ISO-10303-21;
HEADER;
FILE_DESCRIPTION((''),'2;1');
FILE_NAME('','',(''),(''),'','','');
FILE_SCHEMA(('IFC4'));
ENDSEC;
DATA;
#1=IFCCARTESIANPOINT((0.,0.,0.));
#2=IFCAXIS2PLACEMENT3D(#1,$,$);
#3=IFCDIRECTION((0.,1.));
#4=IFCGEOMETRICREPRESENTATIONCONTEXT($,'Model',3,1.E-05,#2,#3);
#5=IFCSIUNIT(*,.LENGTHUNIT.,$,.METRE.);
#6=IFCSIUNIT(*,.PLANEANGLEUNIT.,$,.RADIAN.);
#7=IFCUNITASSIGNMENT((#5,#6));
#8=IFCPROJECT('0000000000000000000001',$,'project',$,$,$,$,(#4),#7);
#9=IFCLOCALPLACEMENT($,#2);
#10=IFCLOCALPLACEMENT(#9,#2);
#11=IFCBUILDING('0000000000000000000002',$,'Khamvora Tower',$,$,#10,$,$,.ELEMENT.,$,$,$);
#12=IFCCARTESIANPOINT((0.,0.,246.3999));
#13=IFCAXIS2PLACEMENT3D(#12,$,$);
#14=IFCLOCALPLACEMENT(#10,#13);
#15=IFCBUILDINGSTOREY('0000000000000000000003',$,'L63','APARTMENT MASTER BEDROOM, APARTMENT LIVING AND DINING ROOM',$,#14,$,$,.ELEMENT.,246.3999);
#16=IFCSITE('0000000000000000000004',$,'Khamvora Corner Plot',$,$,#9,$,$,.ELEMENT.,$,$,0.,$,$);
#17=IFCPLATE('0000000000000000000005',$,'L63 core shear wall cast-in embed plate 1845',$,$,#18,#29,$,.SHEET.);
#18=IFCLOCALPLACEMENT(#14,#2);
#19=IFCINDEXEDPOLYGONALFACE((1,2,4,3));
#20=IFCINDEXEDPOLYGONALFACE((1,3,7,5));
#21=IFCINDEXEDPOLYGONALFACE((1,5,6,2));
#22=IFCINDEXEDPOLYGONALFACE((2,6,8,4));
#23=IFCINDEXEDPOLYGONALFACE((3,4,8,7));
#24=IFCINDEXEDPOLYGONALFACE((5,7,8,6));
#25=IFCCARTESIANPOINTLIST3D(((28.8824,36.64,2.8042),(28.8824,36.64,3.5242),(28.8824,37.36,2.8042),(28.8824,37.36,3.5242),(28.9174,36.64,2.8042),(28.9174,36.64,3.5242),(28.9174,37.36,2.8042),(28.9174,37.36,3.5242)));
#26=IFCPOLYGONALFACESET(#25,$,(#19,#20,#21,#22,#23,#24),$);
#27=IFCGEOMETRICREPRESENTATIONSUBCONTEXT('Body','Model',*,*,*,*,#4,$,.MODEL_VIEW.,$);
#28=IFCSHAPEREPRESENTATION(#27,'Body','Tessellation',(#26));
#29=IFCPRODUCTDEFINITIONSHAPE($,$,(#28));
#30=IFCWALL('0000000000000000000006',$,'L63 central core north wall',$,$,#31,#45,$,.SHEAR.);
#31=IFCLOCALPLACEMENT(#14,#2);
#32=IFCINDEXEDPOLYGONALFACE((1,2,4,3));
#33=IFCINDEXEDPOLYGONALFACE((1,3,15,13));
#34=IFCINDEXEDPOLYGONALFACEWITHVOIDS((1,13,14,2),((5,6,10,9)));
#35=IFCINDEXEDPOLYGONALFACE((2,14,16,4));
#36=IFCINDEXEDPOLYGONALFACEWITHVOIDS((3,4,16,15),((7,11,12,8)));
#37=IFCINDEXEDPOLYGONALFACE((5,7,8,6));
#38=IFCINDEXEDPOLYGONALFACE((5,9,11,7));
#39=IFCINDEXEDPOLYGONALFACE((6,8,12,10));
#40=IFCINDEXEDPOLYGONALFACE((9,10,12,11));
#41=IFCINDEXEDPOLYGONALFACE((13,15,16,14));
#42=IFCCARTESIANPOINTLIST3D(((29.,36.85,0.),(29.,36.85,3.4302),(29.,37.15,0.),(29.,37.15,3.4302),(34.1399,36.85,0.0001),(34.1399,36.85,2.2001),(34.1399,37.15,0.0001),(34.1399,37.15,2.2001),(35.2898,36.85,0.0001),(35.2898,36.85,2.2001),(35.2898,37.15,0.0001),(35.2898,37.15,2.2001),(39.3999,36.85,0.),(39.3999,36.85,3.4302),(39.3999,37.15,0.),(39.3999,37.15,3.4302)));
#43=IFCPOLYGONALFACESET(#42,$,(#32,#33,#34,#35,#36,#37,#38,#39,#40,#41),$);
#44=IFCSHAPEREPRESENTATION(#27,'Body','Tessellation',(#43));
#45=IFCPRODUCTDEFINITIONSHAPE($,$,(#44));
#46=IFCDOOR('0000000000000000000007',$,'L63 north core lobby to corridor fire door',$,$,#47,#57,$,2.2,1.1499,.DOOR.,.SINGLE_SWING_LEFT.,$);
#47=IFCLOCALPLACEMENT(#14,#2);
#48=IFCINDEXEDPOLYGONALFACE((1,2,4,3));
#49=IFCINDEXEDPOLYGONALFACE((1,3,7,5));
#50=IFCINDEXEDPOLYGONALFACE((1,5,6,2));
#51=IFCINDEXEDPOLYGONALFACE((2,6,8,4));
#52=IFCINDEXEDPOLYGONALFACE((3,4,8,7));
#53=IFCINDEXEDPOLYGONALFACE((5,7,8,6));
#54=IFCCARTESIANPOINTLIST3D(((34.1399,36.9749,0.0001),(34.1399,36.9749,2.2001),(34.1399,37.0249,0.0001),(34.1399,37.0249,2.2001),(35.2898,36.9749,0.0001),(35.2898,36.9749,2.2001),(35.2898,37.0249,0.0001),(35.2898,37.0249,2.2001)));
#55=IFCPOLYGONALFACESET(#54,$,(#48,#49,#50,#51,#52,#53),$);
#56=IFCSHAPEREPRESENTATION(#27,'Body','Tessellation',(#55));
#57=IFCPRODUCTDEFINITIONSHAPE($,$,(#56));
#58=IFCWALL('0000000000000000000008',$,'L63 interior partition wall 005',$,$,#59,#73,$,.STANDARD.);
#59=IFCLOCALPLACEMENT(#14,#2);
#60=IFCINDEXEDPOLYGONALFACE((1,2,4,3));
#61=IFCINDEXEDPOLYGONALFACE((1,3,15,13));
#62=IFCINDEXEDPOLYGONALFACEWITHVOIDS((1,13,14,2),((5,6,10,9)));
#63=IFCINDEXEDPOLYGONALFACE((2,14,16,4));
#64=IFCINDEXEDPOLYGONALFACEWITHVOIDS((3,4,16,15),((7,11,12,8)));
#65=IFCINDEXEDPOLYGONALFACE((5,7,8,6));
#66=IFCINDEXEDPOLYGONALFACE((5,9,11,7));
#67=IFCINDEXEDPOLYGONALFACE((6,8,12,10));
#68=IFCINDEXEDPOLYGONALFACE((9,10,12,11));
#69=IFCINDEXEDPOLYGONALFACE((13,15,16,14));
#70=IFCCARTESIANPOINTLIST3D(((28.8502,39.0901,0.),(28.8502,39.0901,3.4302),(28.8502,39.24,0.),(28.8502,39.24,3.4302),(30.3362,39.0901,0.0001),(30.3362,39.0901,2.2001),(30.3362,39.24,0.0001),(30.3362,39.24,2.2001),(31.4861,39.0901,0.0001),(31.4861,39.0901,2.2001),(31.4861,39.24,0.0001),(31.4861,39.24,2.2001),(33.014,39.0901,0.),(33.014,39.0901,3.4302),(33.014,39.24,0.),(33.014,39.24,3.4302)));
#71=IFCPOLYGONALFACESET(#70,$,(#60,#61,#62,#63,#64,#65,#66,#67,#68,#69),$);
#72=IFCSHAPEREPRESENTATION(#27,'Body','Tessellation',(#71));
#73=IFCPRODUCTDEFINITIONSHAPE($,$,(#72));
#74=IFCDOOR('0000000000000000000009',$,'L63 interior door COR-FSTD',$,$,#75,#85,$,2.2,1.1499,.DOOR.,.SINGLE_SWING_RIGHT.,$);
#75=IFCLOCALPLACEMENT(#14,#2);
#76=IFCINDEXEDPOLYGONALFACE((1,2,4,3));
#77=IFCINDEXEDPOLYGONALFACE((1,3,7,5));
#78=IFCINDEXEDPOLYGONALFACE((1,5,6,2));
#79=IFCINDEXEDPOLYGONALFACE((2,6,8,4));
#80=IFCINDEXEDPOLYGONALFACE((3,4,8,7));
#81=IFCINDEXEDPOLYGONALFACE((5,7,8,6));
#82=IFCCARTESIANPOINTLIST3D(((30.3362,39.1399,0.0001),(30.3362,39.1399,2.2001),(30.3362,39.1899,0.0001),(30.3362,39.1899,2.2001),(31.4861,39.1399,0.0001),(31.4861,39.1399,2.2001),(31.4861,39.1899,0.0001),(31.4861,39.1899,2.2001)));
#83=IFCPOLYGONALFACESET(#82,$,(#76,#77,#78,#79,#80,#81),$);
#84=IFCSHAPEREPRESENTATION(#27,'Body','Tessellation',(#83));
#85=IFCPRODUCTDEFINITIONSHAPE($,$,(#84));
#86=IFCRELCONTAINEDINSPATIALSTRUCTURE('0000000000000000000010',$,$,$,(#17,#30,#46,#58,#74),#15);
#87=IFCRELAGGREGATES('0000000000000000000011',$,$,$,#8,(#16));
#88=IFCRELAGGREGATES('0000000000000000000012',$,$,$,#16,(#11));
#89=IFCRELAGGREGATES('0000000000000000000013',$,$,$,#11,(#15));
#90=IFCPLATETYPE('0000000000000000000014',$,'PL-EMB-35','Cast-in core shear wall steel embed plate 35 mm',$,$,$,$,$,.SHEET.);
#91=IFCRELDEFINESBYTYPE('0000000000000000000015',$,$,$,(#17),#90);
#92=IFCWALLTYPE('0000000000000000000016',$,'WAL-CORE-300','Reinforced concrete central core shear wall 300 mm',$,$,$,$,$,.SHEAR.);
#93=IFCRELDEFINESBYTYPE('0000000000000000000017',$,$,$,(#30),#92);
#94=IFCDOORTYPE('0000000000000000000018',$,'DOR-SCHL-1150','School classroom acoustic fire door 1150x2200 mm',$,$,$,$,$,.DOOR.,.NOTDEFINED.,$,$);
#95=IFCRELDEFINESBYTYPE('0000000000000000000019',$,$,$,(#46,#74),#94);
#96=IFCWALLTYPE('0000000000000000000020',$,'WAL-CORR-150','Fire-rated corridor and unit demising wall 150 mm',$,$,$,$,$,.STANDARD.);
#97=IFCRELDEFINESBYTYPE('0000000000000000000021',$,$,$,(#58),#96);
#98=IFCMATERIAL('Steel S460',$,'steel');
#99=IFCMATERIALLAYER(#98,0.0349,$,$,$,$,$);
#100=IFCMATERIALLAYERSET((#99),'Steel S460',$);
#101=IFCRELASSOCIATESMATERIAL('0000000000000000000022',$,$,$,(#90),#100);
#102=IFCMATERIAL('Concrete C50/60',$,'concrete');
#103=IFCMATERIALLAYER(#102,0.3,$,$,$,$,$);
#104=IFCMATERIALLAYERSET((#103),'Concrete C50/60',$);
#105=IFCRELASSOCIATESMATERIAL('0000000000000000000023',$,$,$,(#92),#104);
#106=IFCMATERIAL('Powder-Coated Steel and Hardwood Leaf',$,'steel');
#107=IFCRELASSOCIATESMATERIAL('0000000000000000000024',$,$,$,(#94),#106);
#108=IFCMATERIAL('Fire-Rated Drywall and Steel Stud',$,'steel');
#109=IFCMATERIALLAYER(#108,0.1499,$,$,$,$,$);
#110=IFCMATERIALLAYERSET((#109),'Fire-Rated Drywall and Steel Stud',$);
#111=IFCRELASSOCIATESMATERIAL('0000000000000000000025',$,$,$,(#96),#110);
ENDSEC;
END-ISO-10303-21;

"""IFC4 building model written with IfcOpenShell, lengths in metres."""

from ifc_helpers import new_model, si_unit, direction, frame, frame_2d, origin, origin_2d, place, context, subcontext, project, spatial, rectangle, extrude, material, layer, layer_set, type_object, element, fill, save


model = new_model("IFC4")

# Units and contexts
model_context = context("Model", 3, precision=1e-05, world=origin(), true_north=direction((0.0, 1.0)))
body_context = subcontext(model_context, "Body", "Model", "MODEL_VIEW")
ifc_project = project(units=[si_unit("LENGTHUNIT", "METRE"), si_unit("PLANEANGLEUNIT", "RADIAN")], contexts=[model_context])

# Site, building, storey
site_placement = place(None, origin())
site = spatial("IfcSite", under=ifc_project, at=site_placement, Name="Khamvora Corner Plot", CompositionType="ELEMENT", RefElevation=0.0)
building_placement = place(site_placement, origin())
building = spatial("IfcBuilding", under=site, at=building_placement, Name="Khamvora Tower", CompositionType="ELEMENT")
storey_placement = place(building_placement, frame((0.0, 0.0, 246.3999)))
storey = spatial("IfcBuildingStorey", under=building, at=storey_placement, Name="L63", Description="APARTMENT MASTER BEDROOM, APARTMENT LIVING AND DINING ROOM", CompositionType="ELEMENT", Elevation=246.3999)

# Plate
ifc_material_1 = material(Name="Steel S460", Category="steel")
ifc_layer_1 = layer(ifc_material_1, 0.0349)
ifc_layer_set_1 = layer_set([ifc_layer_1], Name="Steel S460")
plate_type = type_object("IfcPlateType", Name="PL-EMB-35", Description="Cast-in core shear wall steel embed plate 35 mm", PredefinedType="SHEET", material=ifc_layer_set_1)
for number, where, z_axis, x_axis, name in (
    (1, (28.8999, 37.0, 2.8042), (0.0, 0.0, 1.0), (1.0, 0.0, 0.0), "L63 core shear wall cast-in embed plate 1845"),
):
    element("IfcPlate", number, at=place(storey_placement, frame(where, z_axis=z_axis, x_axis=x_axis)), inside=storey, type_object=plate_type, Name=name, PredefinedType="SHEET", context=body_context, shape_type="SweptSolid", body=[
        extrude(rectangle(XDim=0.0349, YDim=0.72, at=origin_2d()), origin(), (0.0, 0.0, 1.0), 0.72),
    ])

# Walls, openings, doors
ifc_material_2 = material(Name="Concrete C50/60", Category="concrete")
ifc_layer_2 = layer(ifc_material_2, 0.3)
ifc_layer_set_2 = layer_set([ifc_layer_2], Name="Concrete C50/60")
wall_type_1 = type_object("IfcWallType", Name="WAL-CORE-300", Description="Reinforced concrete central core shear wall 300 mm", PredefinedType="SHEAR", material=ifc_layer_set_2)
wall_1_placement = place(storey_placement, frame((29.0, 37.0, 0.0), z_axis=(0.0, 0.0, 1.0), x_axis=(1.0, 0.0, 0.0)))
wall_1 = element("IfcWall", 2, at=wall_1_placement, inside=storey, type_object=wall_type_1, Name="L63 central core north wall", PredefinedType="SHEAR", context=body_context, shape_type="SweptSolid", body=[
    extrude(rectangle(XDim=10.3999, YDim=0.3, at=frame_2d((5.2, 0.0))), origin(), (0.0, 0.0, 1.0), 3.4302),
])
opening_1_placement = place(wall_1_placement, frame((5.1399, 0.0, 0.0)))
opening_1 = element("IfcOpeningElement", 3, at=opening_1_placement, cuts=wall_1, PredefinedType="OPENING", context=body_context, shape_type="SweptSolid", body=[
    extrude(rectangle(XDim=1.1499, YDim=2.2, at=frame_2d((0.575, 1.1001))), frame((0.0, 0.1599, 0.0), z_axis=(0.0, -1.0, 0.0), x_axis=(1.0, 0.0, 0.0)), (0.0, 0.0, 1.0), 0.3201),
])
ifc_material_3 = material(Name="Powder-Coated Steel and Hardwood Leaf", Category="steel")
door_type = type_object("IfcDoorType", Name="DOR-SCHL-1150", Description="School classroom acoustic fire door 1150x2200 mm", OperationType="NOTDEFINED", PredefinedType="DOOR", material=ifc_material_3)
door_1_placement = place(opening_1_placement, origin())
door_1 = element("IfcDoor", 4, at=door_1_placement, inside=storey, type_object=door_type, Name="L63 north core lobby to corridor fire door", OperationType="SINGLE_SWING_LEFT", OverallHeight=2.2, OverallWidth=1.1499, PredefinedType="DOOR", context=body_context, shape_type="SweptSolid", body=[
    extrude(rectangle(XDim=1.1499, YDim=2.2, at=frame_2d((0.575, 1.1001))), frame((0.0, 0.0249, 0.0), z_axis=(0.0, -1.0, 0.0), x_axis=(1.0, 0.0, 0.0)), (0.0, 0.0, 1.0), 0.05),
])
fill(opening_1, door_1)
ifc_material_4 = material(Name="Fire-Rated Drywall and Steel Stud", Category="steel")
ifc_layer_3 = layer(ifc_material_4, 0.1499)
ifc_layer_set_3 = layer_set([ifc_layer_3], Name="Fire-Rated Drywall and Steel Stud")
wall_type_2 = type_object("IfcWallType", Name="WAL-CORR-150", Description="Fire-rated corridor and unit demising wall 150 mm", PredefinedType="STANDARD", material=ifc_layer_set_3)
wall_2_placement = place(storey_placement, frame((28.8501, 39.165, 0.0), z_axis=(0.0, 0.0, 1.0), x_axis=(1.0, 0.0, 0.0)))
wall_2 = element("IfcWall", 5, at=wall_2_placement, inside=storey, type_object=wall_type_2, Name="L63 interior partition wall 005", PredefinedType="STANDARD", context=body_context, shape_type="SweptSolid", body=[
    extrude(rectangle(XDim=4.1638, YDim=0.1499, at=frame_2d((2.082, 0.0))), origin(), (0.0, 0.0, 1.0), 3.4302),
])
opening_2_placement = place(wall_2_placement, frame((1.4861, 0.0, 0.0)))
opening_2 = element("IfcOpeningElement", 6, at=opening_2_placement, cuts=wall_2, PredefinedType="OPENING", context=body_context, shape_type="SweptSolid", body=[
    extrude(rectangle(XDim=1.1499, YDim=2.2, at=frame_2d((0.575, 1.1001))), frame((0.0, 0.085, 0.0), z_axis=(0.0, -1.0, 0.0), x_axis=(1.0, 0.0, 0.0)), (0.0, 0.0, 1.0), 0.1699),
])
door_2_placement = place(opening_2_placement, origin())
door_2 = element("IfcDoor", 7, at=door_2_placement, inside=storey, type_object=door_type, Name="L63 interior door COR-FSTD", OperationType="SINGLE_SWING_RIGHT", OverallHeight=2.2, OverallWidth=1.1499, PredefinedType="DOOR", context=body_context, shape_type="SweptSolid", body=[
    extrude(rectangle(XDim=1.1499, YDim=2.2, at=frame_2d((0.575, 1.1001))), frame((0.0, 0.0249, 0.0), z_axis=(0.0, -1.0, 0.0), x_axis=(1.0, 0.0, 0.0)), (0.0, 0.0, 1.0), 0.05),
])
fill(opening_2, door_2)

save(model, "model.ifc")
